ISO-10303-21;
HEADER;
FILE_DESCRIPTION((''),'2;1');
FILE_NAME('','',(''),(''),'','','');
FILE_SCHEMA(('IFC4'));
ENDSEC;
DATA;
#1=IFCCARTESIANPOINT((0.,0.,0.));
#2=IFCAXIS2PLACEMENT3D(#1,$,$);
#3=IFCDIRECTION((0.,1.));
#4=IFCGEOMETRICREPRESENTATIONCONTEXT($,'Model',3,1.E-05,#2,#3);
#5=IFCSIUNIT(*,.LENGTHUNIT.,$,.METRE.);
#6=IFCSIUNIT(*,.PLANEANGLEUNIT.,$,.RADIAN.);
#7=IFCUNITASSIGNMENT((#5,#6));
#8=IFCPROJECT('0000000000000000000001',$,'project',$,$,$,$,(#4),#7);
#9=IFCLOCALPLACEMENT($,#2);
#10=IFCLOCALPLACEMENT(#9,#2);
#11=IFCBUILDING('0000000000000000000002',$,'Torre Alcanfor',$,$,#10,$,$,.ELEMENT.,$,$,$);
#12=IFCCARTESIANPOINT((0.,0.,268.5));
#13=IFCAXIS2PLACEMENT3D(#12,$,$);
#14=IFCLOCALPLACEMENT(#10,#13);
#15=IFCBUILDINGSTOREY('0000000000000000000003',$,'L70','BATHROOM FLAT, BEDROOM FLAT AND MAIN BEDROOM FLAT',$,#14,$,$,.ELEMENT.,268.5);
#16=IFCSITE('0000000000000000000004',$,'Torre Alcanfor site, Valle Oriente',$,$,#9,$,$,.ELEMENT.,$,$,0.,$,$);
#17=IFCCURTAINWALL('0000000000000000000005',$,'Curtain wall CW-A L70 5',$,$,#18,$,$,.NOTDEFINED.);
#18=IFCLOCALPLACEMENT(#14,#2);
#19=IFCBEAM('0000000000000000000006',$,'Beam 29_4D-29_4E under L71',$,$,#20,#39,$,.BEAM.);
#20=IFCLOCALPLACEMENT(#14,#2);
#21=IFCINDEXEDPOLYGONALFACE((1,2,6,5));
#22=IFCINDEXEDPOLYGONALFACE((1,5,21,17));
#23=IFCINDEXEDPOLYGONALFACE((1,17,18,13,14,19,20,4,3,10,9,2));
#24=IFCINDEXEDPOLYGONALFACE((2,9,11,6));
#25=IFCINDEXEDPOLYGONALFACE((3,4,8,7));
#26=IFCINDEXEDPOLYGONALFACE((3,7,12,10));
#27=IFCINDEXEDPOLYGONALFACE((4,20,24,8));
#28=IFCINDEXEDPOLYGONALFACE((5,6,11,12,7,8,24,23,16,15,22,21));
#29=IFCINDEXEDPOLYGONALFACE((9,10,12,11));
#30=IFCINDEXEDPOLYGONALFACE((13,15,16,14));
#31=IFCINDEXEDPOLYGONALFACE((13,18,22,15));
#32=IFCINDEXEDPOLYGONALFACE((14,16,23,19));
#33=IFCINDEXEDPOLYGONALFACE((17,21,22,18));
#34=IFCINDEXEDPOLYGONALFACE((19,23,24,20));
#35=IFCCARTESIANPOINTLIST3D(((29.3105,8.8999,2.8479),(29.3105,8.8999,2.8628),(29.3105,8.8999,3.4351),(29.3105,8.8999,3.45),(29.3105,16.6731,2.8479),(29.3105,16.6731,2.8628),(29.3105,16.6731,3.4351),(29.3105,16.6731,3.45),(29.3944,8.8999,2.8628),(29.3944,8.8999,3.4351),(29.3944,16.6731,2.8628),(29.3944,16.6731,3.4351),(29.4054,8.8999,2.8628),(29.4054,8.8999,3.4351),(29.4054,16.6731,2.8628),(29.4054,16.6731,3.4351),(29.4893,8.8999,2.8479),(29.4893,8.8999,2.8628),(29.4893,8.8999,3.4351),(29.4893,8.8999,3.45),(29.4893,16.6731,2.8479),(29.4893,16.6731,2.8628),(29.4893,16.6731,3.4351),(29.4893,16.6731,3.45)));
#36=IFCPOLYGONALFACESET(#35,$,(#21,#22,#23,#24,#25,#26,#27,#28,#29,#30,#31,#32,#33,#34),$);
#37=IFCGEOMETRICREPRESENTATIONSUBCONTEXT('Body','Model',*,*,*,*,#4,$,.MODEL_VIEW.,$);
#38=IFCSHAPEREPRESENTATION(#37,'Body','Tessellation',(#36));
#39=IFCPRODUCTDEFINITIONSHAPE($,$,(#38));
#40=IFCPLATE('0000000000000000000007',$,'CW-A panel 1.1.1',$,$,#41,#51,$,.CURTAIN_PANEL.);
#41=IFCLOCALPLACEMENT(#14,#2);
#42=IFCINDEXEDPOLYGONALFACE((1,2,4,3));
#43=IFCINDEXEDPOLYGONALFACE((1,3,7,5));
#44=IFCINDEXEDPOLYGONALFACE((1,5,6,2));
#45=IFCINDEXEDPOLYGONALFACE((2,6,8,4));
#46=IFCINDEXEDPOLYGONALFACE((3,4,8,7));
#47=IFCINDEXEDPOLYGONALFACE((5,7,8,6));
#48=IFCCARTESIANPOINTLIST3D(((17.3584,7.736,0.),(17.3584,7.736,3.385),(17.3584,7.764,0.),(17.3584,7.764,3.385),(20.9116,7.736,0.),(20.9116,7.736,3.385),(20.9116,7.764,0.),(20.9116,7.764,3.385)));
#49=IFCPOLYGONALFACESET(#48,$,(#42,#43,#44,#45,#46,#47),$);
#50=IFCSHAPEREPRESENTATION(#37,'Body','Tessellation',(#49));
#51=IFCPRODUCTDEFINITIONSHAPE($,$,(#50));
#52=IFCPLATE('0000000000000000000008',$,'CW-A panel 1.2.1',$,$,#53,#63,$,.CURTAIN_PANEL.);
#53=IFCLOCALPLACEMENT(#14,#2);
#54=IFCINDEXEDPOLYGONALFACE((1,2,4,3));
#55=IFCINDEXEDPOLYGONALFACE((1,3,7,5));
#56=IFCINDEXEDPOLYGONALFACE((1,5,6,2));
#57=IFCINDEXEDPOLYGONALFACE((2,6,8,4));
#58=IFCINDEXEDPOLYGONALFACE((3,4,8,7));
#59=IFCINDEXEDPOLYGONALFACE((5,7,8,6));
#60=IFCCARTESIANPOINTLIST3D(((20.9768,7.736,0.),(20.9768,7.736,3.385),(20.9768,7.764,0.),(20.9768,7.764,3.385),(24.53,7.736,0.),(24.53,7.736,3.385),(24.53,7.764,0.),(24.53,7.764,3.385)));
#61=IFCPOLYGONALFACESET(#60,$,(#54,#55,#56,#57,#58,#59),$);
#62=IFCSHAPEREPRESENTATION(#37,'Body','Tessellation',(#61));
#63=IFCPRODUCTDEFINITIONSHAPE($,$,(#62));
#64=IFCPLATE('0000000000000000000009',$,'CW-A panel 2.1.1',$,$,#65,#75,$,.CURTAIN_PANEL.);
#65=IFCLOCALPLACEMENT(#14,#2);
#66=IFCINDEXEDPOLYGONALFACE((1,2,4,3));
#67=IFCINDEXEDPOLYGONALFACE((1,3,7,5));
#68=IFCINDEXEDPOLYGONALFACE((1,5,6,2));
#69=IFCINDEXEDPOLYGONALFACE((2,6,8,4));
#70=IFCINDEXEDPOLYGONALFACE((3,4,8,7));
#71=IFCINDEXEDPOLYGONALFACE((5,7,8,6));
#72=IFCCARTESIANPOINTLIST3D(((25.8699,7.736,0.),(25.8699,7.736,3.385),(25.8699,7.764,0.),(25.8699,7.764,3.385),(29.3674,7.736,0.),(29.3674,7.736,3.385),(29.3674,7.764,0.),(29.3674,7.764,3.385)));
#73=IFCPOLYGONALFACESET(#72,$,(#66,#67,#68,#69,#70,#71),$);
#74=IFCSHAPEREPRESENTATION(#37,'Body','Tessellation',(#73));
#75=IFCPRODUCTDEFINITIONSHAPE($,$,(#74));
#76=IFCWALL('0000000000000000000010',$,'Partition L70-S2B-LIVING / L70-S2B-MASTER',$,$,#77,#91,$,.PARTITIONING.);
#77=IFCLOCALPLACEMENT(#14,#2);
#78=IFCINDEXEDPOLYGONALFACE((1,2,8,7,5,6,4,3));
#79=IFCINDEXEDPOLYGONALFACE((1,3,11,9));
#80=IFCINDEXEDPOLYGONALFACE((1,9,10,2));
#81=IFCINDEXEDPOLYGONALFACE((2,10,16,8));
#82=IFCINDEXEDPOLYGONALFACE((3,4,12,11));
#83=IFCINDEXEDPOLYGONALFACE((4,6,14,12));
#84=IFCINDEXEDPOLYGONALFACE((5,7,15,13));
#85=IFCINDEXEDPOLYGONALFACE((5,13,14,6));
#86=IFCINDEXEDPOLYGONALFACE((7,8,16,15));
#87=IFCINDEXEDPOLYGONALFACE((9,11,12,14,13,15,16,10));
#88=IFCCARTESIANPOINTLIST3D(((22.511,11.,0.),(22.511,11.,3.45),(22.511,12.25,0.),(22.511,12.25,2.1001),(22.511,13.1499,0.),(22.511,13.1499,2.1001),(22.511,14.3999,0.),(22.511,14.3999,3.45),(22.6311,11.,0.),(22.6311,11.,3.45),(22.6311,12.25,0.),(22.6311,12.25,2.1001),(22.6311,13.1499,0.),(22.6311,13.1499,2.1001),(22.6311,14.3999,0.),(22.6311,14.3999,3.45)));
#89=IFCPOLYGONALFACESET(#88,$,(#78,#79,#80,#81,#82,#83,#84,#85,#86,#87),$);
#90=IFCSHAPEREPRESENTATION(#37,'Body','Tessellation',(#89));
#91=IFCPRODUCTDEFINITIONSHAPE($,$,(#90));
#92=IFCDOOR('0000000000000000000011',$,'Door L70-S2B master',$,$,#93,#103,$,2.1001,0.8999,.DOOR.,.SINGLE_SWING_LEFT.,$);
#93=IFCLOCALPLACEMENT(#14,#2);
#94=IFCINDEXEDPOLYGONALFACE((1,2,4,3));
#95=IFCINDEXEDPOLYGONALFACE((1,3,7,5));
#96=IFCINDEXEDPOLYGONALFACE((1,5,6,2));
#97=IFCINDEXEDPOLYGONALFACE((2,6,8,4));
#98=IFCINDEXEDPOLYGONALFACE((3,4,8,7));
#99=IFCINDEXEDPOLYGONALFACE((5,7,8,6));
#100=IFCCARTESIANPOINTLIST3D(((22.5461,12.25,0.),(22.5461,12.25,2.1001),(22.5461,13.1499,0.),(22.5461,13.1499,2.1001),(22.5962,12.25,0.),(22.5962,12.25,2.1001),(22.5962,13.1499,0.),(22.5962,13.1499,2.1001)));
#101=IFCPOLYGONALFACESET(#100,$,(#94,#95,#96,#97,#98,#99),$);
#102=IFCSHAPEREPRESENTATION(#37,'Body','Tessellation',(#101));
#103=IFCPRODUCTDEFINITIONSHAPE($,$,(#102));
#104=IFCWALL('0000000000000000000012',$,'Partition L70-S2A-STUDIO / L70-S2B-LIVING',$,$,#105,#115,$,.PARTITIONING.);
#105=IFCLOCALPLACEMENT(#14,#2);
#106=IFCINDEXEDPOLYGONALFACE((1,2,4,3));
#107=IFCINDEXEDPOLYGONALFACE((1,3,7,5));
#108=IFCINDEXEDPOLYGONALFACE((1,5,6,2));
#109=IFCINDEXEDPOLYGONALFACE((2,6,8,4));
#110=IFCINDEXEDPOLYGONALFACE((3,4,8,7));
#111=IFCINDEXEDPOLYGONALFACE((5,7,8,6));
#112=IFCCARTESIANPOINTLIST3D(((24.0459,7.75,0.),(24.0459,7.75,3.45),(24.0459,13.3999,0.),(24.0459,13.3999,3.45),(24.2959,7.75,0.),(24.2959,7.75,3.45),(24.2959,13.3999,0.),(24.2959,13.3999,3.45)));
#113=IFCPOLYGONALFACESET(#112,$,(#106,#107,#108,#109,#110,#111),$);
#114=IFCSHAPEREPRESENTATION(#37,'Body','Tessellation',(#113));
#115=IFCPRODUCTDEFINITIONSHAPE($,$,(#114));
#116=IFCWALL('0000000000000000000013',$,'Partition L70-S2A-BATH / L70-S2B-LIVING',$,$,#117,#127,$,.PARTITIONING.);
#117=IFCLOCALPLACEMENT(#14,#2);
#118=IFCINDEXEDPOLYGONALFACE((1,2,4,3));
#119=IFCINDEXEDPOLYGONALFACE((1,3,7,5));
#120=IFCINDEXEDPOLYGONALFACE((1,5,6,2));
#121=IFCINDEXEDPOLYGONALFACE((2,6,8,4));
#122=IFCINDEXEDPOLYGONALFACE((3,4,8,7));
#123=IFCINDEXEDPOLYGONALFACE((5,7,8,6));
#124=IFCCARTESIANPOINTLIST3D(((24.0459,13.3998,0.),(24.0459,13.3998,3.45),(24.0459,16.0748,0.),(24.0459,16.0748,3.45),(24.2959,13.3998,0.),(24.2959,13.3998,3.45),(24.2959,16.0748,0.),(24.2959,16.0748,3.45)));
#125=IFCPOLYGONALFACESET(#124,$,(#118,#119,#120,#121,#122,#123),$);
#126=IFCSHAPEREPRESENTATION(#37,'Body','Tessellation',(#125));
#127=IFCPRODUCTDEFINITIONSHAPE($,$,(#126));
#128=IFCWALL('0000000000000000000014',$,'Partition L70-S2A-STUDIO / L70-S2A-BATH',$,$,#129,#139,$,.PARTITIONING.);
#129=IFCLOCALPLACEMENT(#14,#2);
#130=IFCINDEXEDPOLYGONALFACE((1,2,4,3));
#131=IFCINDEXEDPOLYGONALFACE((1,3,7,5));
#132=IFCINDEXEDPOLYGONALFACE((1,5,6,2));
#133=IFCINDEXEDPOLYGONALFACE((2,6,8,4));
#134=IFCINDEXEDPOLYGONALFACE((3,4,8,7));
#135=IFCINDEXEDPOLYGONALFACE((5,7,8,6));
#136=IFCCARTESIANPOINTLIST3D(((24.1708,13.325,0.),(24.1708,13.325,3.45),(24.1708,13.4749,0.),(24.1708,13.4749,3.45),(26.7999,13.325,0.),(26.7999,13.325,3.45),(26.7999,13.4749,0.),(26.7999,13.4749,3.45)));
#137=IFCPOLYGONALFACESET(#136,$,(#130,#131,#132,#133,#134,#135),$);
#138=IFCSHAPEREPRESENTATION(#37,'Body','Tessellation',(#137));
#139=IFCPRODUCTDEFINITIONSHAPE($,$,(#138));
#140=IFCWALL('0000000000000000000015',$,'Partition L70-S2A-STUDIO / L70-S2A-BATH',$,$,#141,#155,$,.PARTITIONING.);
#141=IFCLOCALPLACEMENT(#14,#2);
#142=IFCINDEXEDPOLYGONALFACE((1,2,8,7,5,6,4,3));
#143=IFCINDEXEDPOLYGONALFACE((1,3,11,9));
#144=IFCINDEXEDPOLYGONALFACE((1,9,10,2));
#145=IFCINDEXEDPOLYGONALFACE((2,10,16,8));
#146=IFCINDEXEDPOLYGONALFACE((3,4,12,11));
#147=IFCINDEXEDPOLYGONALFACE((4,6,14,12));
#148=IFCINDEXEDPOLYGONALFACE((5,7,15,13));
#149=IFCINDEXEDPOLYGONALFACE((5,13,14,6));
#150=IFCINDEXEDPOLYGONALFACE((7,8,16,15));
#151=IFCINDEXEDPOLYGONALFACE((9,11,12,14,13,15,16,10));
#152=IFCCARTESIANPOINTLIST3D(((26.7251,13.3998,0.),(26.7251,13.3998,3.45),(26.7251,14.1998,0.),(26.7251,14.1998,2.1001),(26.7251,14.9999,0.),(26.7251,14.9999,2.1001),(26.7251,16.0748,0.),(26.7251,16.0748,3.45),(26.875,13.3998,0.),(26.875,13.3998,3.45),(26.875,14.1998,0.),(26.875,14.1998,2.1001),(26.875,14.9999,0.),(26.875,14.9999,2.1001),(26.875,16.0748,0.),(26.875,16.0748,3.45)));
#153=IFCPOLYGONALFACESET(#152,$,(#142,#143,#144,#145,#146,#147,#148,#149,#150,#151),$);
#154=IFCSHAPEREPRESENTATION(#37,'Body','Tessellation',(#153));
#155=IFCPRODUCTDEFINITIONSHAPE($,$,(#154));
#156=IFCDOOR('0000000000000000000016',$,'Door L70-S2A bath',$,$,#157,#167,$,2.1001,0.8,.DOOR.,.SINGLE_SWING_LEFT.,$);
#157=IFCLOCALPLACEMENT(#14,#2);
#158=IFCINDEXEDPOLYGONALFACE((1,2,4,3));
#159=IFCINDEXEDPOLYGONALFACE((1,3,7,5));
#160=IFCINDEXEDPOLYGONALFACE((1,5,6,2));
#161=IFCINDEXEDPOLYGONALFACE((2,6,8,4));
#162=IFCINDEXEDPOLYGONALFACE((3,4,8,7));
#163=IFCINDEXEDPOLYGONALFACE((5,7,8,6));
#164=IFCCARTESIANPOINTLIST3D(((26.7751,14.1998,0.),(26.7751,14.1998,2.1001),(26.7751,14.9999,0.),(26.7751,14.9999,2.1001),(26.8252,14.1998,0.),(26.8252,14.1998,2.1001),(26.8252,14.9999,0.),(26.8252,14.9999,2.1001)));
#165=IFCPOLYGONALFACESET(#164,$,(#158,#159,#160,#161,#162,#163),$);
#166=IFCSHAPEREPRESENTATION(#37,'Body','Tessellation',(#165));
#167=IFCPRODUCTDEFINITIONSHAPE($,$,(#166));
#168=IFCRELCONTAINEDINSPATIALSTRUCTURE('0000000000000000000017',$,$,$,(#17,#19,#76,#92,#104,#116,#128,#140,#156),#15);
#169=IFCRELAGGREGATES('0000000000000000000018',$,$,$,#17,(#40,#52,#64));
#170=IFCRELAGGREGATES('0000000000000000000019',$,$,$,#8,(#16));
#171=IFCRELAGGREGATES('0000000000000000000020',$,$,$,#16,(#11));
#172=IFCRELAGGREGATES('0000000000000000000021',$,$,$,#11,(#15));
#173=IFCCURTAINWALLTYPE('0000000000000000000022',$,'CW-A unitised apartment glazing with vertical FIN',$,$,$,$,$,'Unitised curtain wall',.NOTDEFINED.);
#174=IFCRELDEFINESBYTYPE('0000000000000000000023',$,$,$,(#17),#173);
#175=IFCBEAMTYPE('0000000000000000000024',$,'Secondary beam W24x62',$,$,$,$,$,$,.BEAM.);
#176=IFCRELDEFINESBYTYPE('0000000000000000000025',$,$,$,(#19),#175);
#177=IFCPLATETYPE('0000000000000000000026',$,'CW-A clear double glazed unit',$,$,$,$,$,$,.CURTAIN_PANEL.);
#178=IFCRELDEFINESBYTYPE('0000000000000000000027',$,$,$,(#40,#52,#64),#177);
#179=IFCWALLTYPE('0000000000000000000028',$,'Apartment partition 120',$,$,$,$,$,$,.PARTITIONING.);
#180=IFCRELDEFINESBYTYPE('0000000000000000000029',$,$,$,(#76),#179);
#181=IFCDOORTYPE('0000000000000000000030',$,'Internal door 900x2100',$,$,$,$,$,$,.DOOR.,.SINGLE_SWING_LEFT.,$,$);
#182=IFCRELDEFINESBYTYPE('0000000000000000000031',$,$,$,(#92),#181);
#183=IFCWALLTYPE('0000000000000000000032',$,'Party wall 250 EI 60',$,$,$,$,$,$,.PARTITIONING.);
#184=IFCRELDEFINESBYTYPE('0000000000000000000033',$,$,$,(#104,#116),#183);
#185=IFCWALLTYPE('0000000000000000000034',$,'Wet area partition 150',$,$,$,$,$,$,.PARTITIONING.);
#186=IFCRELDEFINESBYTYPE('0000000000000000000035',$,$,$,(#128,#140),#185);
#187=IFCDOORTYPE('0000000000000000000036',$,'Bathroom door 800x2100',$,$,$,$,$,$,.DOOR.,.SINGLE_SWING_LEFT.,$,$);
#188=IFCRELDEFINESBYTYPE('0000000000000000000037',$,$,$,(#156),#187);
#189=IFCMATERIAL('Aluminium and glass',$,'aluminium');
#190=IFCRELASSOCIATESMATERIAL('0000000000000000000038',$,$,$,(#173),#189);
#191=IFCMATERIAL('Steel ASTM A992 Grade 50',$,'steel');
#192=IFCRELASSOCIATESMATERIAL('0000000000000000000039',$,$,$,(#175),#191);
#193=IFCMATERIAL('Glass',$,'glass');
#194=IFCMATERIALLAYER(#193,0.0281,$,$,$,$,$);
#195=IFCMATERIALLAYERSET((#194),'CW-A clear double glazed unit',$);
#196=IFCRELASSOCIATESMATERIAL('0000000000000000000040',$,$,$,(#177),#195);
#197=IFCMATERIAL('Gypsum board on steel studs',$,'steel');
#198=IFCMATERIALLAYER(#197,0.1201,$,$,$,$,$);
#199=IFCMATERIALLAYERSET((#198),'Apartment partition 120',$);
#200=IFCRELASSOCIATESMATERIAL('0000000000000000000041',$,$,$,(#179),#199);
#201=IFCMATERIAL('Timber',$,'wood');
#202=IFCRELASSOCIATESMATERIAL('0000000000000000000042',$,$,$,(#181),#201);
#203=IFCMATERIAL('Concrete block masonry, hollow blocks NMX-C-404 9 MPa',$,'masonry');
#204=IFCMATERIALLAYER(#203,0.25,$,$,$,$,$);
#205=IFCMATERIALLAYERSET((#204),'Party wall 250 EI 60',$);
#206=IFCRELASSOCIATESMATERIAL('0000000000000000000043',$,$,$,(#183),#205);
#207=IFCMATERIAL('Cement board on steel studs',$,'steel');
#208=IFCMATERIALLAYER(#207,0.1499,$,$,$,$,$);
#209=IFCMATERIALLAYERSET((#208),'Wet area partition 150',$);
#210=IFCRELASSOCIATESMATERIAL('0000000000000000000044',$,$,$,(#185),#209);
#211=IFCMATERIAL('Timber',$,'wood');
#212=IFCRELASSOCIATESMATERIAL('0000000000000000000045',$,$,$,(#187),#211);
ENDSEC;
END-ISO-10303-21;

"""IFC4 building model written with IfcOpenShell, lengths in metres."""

from ifc_helpers import new_model, si_unit, direction, frame, frame_2d, origin, origin_2d, place, context, subcontext, project, spatial, rectangle, i_section, extrude, material, layer, layer_set, material_profile, profile_set, type_object, element, fill, aggregate, save


model = new_model("IFC4")

# Units and contexts
model_context = context("Model", 3, precision=1e-05, world=origin(), true_north=direction((0.0, 1.0)))
body_context = subcontext(model_context, "Body", "Model", "MODEL_VIEW")
ifc_project = project(units=[si_unit("LENGTHUNIT", "METRE"), si_unit("PLANEANGLEUNIT", "RADIAN")], contexts=[model_context])

# Site, building, storey
site_placement = place(None, origin())
site = spatial("IfcSite", under=ifc_project, at=site_placement, Name="Torre Alcanfor site, Valle Oriente", CompositionType="ELEMENT", RefElevation=0.0)
building_placement = place(site_placement, origin())
building = spatial("IfcBuilding", under=site, at=building_placement, Name="Torre Alcanfor", CompositionType="ELEMENT")
storey_placement = place(building_placement, frame((0.0, 0.0, 268.5)))
storey = spatial("IfcBuildingStorey", under=building, at=storey_placement, Name="L70", Description="BATHROOM FLAT, BEDROOM FLAT AND MAIN BEDROOM FLAT", CompositionType="ELEMENT", Elevation=268.5)

# Curtain wall
ifc_material_1 = material(Name="Aluminium and glass", Category="aluminium")
curtain_wall_type = type_object("IfcCurtainWallType", Name="CW-A unitised apartment glazing with vertical FIN", ElementType="Unitised curtain wall", PredefinedType="NOTDEFINED", material=ifc_material_1)
curtain_wall_placement = place(storey_placement, origin())
curtain_wall = element("IfcCurtainWall", 1, at=curtain_wall_placement, inside=storey, type_object=curtain_wall_type, Name="Curtain wall CW-A L70 5", PredefinedType="NOTDEFINED")

# Beam
ifc_material_2 = material(Name="Steel ASTM A992 Grade 50", Category="steel")
ifc_material_profile_1 = material_profile(ifc_material_2, i_section(OverallWidth=0.1787, OverallDepth=0.6021, WebThickness=0.011, FlangeThickness=0.0149, at=origin_2d()), Name="W24x62")
ifc_profile_set_1 = profile_set([ifc_material_profile_1], Name="Steel ASTM A992 Grade 50")
beam_type_1 = type_object("IfcBeamType", Name="Secondary beam W24x62", PredefinedType="BEAM", material=ifc_profile_set_1)
for number, where, z_axis, x_axis, name in (
    (2, (29.3999, 8.8999, 3.1489), (0.0, 1.0, 0.0), (-1.0, 0.0, 0.0), "Beam 29_4D-29_4E under L71"),
):
    element("IfcBeam", number, at=place(storey_placement, frame(where, z_axis=z_axis, x_axis=x_axis)), inside=storey, type_object=beam_type_1, Name=name, PredefinedType="BEAM", context=body_context, shape_type="SweptSolid", body=[
        extrude(i_section(OverallWidth=0.1787, OverallDepth=0.6021, WebThickness=0.011, FlangeThickness=0.0149, at=origin_2d()), origin(), (0.0, 0.0, 1.0), 7.7732),
    ])

# Plates
ifc_material_3 = material(Name="Glass", Category="glass")
ifc_layer_1 = layer(ifc_material_3, 0.0281)
ifc_layer_set_1 = layer_set([ifc_layer_1], Name="CW-A clear double glazed unit")
plate_type = type_object("IfcPlateType", Name="CW-A clear double glazed unit", PredefinedType="CURTAIN_PANEL", material=ifc_layer_set_1)
plate_1_placement = place(storey_placement, frame((19.135, 7.75, 0.0), z_axis=(0.0, 0.0, 1.0), x_axis=(1.0, 0.0, 0.0)))
plate_1 = element("IfcPlate", 3, at=plate_1_placement, type_object=plate_type, Name="CW-A panel 1.1.1", PredefinedType="CURTAIN_PANEL", context=body_context, shape_type="SweptSolid", body=[
    extrude(rectangle(XDim=3.5532, YDim=0.0281, at=origin_2d()), origin(), (0.0, 0.0, 1.0), 3.385),
])
plate_2_placement = place(storey_placement, frame((22.7534, 7.75, 0.0), z_axis=(0.0, 0.0, 1.0), x_axis=(1.0, 0.0, 0.0)))
plate_2 = element("IfcPlate", 4, at=plate_2_placement, type_object=plate_type, Name="CW-A panel 1.2.1", PredefinedType="CURTAIN_PANEL", context=body_context, shape_type="SweptSolid", body=[
    extrude(rectangle(XDim=3.5532, YDim=0.0281, at=origin_2d()), origin(), (0.0, 0.0, 1.0), 3.385),
])
plate_3_placement = place(storey_placement, frame((27.6187, 7.75, 0.0), z_axis=(0.0, 0.0, 1.0), x_axis=(1.0, 0.0, 0.0)))
plate_3 = element("IfcPlate", 5, at=plate_3_placement, type_object=plate_type, Name="CW-A panel 2.1.1", PredefinedType="CURTAIN_PANEL", context=body_context, shape_type="SweptSolid", body=[
    extrude(rectangle(XDim=3.4976, YDim=0.0281, at=origin_2d()), origin(), (0.0, 0.0, 1.0), 3.385),
])
aggregate(curtain_wall, [plate_1, plate_2, plate_3])

# Wall, opening, door
ifc_material_4 = material(Name="Gypsum board on steel studs", Category="steel")
ifc_layer_2 = layer(ifc_material_4, 0.1201)
ifc_layer_set_2 = layer_set([ifc_layer_2], Name="Apartment partition 120")
wall_type_1 = type_object("IfcWallType", Name="Apartment partition 120", PredefinedType="PARTITIONING", material=ifc_layer_set_2)
wall_1_placement = place(storey_placement, frame((22.571, 11.0, 0.0), z_axis=(0.0, 0.0, 1.0), x_axis=(0.0, 1.0, 0.0)))
wall_1 = element("IfcWall", 6, at=wall_1_placement, inside=storey, type_object=wall_type_1, Name="Partition L70-S2B-LIVING / L70-S2B-MASTER", PredefinedType="PARTITIONING", context=body_context, shape_type="SweptSolid", body=[
    extrude(rectangle(XDim=3.3999, YDim=0.1201, at=frame_2d((1.7, 0.0))), origin(), (0.0, 0.0, 1.0), 3.45),
])
opening_1_placement = place(wall_1_placement, frame((1.25, 0.0, 0.0)))
opening_1 = element("IfcOpeningElement", 7, at=opening_1_placement, cuts=wall_1, PredefinedType="OPENING", context=body_context, shape_type="SweptSolid", body=[
    extrude(rectangle(XDim=0.8999, YDim=2.1001, at=frame_2d((0.45, 1.05))), frame((0.0, 0.0701, 0.0), z_axis=(0.0, -1.0, 0.0), x_axis=(1.0, 0.0, 0.0)), (0.0, 0.0, 1.0), 0.1401),
])
ifc_material_5 = material(Name="Timber", Category="wood")
door_type_1 = type_object("IfcDoorType", Name="Internal door 900x2100", OperationType="SINGLE_SWING_LEFT", PredefinedType="DOOR", material=ifc_material_5)
door_1_placement = place(opening_1_placement, origin())
door_1 = element("IfcDoor", 8, at=door_1_placement, inside=storey, type_object=door_type_1, Name="Door L70-S2B master", OperationType="SINGLE_SWING_LEFT", OverallHeight=2.1001, OverallWidth=0.8999, PredefinedType="DOOR", context=body_context, shape_type="SweptSolid", body=[
    extrude(rectangle(XDim=0.8999, YDim=2.1001, at=frame_2d((0.45, 1.05))), frame((0.0, 0.0249, 0.0), z_axis=(0.0, -1.0, 0.0), x_axis=(1.0, 0.0, 0.0)), (0.0, 0.0, 1.0), 0.05),
])
fill(opening_1, door_1)

# Walls
ifc_material_6 = material(Name="Concrete block masonry, hollow blocks NMX-C-404 9 MPa", Category="masonry")
ifc_layer_3 = layer(ifc_material_6, 0.25)
ifc_layer_set_3 = layer_set([ifc_layer_3], Name="Party wall 250 EI 60")
wall_type_2 = type_object("IfcWallType", Name="Party wall 250 EI 60", PredefinedType="PARTITIONING", material=ifc_layer_set_3)
wall_2_placement = place(storey_placement, frame((24.1709, 7.75, 0.0), z_axis=(0.0, 0.0, 1.0), x_axis=(0.0, 1.0, 0.0)))
element("IfcWall", 9, at=wall_2_placement, inside=storey, type_object=wall_type_2, Name="Partition L70-S2A-STUDIO / L70-S2B-LIVING", PredefinedType="PARTITIONING", context=body_context, shape_type="SweptSolid", body=[
    extrude(rectangle(XDim=5.6499, YDim=0.25, at=frame_2d((2.825, 0.0))), origin(), (0.0, 0.0, 1.0), 3.45),
])
wall_3_placement = place(storey_placement, frame((24.1709, 13.3999, 0.0), z_axis=(0.0, 0.0, 1.0), x_axis=(0.0, 1.0, 0.0)))
element("IfcWall", 10, at=wall_3_placement, inside=storey, type_object=wall_type_2, Name="Partition L70-S2A-BATH / L70-S2B-LIVING", PredefinedType="PARTITIONING", context=body_context, shape_type="SweptSolid", body=[
    extrude(rectangle(XDim=2.675, YDim=0.25, at=frame_2d((1.3374, 0.0))), origin(), (0.0, 0.0, 1.0), 3.45),
])
ifc_material_7 = material(Name="Cement board on steel studs", Category="steel")
ifc_layer_4 = layer(ifc_material_7, 0.1499)
ifc_layer_set_4 = layer_set([ifc_layer_4], Name="Wet area partition 150")
wall_type_3 = type_object("IfcWallType", Name="Wet area partition 150", PredefinedType="PARTITIONING", material=ifc_layer_set_4)
wall_4_placement = place(storey_placement, frame((24.1709, 13.3999, 0.0), z_axis=(0.0, 0.0, 1.0), x_axis=(1.0, 0.0, 0.0)))
element("IfcWall", 11, at=wall_4_placement, inside=storey, type_object=wall_type_3, Name="Partition L70-S2A-STUDIO / L70-S2A-BATH", PredefinedType="PARTITIONING", context=body_context, shape_type="SweptSolid", body=[
    extrude(rectangle(XDim=2.6292, YDim=0.1499, at=frame_2d((1.3145, 0.0))), origin(), (0.0, 0.0, 1.0), 3.45),
])

# Wall, opening, door
wall_5_placement = place(storey_placement, frame((26.8, 13.3999, 0.0), z_axis=(0.0, 0.0, 1.0), x_axis=(0.0, 1.0, 0.0)))
wall_5 = element("IfcWall", 12, at=wall_5_placement, inside=storey, type_object=wall_type_3, Name="Partition L70-S2A-STUDIO / L70-S2A-BATH", PredefinedType="PARTITIONING", context=body_context, shape_type="SweptSolid", body=[
    extrude(rectangle(XDim=2.675, YDim=0.1499, at=frame_2d((1.3374, 0.0))), origin(), (0.0, 0.0, 1.0), 3.45),
])
opening_2_placement = place(wall_5_placement, frame((0.8, 0.0, 0.0)))
opening_2 = element("IfcOpeningElement", 13, at=opening_2_placement, cuts=wall_5, PredefinedType="OPENING", context=body_context, shape_type="SweptSolid", body=[
    extrude(rectangle(XDim=0.8, YDim=2.1001, at=frame_2d((0.3999, 1.05))), frame((0.0, 0.085, 0.0), z_axis=(0.0, -1.0, 0.0), x_axis=(1.0, 0.0, 0.0)), (0.0, 0.0, 1.0), 0.1699),
])
ifc_material_8 = material(Name="Timber", Category="wood")
door_type_2 = type_object("IfcDoorType", Name="Bathroom door 800x2100", OperationType="SINGLE_SWING_LEFT", PredefinedType="DOOR", material=ifc_material_8)
door_2_placement = place(opening_2_placement, origin())
door_2 = element("IfcDoor", 14, at=door_2_placement, inside=storey, type_object=door_type_2, Name="Door L70-S2A bath", OperationType="SINGLE_SWING_LEFT", OverallHeight=2.1001, OverallWidth=0.8, PredefinedType="DOOR", context=body_context, shape_type="SweptSolid", body=[
    extrude(rectangle(XDim=0.8, YDim=2.1001, at=frame_2d((0.3999, 1.05))), frame((0.0, 0.0249, 0.0), z_axis=(0.0, -1.0, 0.0), x_axis=(1.0, 0.0, 0.0)), (0.0, 0.0, 1.0), 0.05),
])
fill(opening_2, door_2)

save(model, "model.ifc")
